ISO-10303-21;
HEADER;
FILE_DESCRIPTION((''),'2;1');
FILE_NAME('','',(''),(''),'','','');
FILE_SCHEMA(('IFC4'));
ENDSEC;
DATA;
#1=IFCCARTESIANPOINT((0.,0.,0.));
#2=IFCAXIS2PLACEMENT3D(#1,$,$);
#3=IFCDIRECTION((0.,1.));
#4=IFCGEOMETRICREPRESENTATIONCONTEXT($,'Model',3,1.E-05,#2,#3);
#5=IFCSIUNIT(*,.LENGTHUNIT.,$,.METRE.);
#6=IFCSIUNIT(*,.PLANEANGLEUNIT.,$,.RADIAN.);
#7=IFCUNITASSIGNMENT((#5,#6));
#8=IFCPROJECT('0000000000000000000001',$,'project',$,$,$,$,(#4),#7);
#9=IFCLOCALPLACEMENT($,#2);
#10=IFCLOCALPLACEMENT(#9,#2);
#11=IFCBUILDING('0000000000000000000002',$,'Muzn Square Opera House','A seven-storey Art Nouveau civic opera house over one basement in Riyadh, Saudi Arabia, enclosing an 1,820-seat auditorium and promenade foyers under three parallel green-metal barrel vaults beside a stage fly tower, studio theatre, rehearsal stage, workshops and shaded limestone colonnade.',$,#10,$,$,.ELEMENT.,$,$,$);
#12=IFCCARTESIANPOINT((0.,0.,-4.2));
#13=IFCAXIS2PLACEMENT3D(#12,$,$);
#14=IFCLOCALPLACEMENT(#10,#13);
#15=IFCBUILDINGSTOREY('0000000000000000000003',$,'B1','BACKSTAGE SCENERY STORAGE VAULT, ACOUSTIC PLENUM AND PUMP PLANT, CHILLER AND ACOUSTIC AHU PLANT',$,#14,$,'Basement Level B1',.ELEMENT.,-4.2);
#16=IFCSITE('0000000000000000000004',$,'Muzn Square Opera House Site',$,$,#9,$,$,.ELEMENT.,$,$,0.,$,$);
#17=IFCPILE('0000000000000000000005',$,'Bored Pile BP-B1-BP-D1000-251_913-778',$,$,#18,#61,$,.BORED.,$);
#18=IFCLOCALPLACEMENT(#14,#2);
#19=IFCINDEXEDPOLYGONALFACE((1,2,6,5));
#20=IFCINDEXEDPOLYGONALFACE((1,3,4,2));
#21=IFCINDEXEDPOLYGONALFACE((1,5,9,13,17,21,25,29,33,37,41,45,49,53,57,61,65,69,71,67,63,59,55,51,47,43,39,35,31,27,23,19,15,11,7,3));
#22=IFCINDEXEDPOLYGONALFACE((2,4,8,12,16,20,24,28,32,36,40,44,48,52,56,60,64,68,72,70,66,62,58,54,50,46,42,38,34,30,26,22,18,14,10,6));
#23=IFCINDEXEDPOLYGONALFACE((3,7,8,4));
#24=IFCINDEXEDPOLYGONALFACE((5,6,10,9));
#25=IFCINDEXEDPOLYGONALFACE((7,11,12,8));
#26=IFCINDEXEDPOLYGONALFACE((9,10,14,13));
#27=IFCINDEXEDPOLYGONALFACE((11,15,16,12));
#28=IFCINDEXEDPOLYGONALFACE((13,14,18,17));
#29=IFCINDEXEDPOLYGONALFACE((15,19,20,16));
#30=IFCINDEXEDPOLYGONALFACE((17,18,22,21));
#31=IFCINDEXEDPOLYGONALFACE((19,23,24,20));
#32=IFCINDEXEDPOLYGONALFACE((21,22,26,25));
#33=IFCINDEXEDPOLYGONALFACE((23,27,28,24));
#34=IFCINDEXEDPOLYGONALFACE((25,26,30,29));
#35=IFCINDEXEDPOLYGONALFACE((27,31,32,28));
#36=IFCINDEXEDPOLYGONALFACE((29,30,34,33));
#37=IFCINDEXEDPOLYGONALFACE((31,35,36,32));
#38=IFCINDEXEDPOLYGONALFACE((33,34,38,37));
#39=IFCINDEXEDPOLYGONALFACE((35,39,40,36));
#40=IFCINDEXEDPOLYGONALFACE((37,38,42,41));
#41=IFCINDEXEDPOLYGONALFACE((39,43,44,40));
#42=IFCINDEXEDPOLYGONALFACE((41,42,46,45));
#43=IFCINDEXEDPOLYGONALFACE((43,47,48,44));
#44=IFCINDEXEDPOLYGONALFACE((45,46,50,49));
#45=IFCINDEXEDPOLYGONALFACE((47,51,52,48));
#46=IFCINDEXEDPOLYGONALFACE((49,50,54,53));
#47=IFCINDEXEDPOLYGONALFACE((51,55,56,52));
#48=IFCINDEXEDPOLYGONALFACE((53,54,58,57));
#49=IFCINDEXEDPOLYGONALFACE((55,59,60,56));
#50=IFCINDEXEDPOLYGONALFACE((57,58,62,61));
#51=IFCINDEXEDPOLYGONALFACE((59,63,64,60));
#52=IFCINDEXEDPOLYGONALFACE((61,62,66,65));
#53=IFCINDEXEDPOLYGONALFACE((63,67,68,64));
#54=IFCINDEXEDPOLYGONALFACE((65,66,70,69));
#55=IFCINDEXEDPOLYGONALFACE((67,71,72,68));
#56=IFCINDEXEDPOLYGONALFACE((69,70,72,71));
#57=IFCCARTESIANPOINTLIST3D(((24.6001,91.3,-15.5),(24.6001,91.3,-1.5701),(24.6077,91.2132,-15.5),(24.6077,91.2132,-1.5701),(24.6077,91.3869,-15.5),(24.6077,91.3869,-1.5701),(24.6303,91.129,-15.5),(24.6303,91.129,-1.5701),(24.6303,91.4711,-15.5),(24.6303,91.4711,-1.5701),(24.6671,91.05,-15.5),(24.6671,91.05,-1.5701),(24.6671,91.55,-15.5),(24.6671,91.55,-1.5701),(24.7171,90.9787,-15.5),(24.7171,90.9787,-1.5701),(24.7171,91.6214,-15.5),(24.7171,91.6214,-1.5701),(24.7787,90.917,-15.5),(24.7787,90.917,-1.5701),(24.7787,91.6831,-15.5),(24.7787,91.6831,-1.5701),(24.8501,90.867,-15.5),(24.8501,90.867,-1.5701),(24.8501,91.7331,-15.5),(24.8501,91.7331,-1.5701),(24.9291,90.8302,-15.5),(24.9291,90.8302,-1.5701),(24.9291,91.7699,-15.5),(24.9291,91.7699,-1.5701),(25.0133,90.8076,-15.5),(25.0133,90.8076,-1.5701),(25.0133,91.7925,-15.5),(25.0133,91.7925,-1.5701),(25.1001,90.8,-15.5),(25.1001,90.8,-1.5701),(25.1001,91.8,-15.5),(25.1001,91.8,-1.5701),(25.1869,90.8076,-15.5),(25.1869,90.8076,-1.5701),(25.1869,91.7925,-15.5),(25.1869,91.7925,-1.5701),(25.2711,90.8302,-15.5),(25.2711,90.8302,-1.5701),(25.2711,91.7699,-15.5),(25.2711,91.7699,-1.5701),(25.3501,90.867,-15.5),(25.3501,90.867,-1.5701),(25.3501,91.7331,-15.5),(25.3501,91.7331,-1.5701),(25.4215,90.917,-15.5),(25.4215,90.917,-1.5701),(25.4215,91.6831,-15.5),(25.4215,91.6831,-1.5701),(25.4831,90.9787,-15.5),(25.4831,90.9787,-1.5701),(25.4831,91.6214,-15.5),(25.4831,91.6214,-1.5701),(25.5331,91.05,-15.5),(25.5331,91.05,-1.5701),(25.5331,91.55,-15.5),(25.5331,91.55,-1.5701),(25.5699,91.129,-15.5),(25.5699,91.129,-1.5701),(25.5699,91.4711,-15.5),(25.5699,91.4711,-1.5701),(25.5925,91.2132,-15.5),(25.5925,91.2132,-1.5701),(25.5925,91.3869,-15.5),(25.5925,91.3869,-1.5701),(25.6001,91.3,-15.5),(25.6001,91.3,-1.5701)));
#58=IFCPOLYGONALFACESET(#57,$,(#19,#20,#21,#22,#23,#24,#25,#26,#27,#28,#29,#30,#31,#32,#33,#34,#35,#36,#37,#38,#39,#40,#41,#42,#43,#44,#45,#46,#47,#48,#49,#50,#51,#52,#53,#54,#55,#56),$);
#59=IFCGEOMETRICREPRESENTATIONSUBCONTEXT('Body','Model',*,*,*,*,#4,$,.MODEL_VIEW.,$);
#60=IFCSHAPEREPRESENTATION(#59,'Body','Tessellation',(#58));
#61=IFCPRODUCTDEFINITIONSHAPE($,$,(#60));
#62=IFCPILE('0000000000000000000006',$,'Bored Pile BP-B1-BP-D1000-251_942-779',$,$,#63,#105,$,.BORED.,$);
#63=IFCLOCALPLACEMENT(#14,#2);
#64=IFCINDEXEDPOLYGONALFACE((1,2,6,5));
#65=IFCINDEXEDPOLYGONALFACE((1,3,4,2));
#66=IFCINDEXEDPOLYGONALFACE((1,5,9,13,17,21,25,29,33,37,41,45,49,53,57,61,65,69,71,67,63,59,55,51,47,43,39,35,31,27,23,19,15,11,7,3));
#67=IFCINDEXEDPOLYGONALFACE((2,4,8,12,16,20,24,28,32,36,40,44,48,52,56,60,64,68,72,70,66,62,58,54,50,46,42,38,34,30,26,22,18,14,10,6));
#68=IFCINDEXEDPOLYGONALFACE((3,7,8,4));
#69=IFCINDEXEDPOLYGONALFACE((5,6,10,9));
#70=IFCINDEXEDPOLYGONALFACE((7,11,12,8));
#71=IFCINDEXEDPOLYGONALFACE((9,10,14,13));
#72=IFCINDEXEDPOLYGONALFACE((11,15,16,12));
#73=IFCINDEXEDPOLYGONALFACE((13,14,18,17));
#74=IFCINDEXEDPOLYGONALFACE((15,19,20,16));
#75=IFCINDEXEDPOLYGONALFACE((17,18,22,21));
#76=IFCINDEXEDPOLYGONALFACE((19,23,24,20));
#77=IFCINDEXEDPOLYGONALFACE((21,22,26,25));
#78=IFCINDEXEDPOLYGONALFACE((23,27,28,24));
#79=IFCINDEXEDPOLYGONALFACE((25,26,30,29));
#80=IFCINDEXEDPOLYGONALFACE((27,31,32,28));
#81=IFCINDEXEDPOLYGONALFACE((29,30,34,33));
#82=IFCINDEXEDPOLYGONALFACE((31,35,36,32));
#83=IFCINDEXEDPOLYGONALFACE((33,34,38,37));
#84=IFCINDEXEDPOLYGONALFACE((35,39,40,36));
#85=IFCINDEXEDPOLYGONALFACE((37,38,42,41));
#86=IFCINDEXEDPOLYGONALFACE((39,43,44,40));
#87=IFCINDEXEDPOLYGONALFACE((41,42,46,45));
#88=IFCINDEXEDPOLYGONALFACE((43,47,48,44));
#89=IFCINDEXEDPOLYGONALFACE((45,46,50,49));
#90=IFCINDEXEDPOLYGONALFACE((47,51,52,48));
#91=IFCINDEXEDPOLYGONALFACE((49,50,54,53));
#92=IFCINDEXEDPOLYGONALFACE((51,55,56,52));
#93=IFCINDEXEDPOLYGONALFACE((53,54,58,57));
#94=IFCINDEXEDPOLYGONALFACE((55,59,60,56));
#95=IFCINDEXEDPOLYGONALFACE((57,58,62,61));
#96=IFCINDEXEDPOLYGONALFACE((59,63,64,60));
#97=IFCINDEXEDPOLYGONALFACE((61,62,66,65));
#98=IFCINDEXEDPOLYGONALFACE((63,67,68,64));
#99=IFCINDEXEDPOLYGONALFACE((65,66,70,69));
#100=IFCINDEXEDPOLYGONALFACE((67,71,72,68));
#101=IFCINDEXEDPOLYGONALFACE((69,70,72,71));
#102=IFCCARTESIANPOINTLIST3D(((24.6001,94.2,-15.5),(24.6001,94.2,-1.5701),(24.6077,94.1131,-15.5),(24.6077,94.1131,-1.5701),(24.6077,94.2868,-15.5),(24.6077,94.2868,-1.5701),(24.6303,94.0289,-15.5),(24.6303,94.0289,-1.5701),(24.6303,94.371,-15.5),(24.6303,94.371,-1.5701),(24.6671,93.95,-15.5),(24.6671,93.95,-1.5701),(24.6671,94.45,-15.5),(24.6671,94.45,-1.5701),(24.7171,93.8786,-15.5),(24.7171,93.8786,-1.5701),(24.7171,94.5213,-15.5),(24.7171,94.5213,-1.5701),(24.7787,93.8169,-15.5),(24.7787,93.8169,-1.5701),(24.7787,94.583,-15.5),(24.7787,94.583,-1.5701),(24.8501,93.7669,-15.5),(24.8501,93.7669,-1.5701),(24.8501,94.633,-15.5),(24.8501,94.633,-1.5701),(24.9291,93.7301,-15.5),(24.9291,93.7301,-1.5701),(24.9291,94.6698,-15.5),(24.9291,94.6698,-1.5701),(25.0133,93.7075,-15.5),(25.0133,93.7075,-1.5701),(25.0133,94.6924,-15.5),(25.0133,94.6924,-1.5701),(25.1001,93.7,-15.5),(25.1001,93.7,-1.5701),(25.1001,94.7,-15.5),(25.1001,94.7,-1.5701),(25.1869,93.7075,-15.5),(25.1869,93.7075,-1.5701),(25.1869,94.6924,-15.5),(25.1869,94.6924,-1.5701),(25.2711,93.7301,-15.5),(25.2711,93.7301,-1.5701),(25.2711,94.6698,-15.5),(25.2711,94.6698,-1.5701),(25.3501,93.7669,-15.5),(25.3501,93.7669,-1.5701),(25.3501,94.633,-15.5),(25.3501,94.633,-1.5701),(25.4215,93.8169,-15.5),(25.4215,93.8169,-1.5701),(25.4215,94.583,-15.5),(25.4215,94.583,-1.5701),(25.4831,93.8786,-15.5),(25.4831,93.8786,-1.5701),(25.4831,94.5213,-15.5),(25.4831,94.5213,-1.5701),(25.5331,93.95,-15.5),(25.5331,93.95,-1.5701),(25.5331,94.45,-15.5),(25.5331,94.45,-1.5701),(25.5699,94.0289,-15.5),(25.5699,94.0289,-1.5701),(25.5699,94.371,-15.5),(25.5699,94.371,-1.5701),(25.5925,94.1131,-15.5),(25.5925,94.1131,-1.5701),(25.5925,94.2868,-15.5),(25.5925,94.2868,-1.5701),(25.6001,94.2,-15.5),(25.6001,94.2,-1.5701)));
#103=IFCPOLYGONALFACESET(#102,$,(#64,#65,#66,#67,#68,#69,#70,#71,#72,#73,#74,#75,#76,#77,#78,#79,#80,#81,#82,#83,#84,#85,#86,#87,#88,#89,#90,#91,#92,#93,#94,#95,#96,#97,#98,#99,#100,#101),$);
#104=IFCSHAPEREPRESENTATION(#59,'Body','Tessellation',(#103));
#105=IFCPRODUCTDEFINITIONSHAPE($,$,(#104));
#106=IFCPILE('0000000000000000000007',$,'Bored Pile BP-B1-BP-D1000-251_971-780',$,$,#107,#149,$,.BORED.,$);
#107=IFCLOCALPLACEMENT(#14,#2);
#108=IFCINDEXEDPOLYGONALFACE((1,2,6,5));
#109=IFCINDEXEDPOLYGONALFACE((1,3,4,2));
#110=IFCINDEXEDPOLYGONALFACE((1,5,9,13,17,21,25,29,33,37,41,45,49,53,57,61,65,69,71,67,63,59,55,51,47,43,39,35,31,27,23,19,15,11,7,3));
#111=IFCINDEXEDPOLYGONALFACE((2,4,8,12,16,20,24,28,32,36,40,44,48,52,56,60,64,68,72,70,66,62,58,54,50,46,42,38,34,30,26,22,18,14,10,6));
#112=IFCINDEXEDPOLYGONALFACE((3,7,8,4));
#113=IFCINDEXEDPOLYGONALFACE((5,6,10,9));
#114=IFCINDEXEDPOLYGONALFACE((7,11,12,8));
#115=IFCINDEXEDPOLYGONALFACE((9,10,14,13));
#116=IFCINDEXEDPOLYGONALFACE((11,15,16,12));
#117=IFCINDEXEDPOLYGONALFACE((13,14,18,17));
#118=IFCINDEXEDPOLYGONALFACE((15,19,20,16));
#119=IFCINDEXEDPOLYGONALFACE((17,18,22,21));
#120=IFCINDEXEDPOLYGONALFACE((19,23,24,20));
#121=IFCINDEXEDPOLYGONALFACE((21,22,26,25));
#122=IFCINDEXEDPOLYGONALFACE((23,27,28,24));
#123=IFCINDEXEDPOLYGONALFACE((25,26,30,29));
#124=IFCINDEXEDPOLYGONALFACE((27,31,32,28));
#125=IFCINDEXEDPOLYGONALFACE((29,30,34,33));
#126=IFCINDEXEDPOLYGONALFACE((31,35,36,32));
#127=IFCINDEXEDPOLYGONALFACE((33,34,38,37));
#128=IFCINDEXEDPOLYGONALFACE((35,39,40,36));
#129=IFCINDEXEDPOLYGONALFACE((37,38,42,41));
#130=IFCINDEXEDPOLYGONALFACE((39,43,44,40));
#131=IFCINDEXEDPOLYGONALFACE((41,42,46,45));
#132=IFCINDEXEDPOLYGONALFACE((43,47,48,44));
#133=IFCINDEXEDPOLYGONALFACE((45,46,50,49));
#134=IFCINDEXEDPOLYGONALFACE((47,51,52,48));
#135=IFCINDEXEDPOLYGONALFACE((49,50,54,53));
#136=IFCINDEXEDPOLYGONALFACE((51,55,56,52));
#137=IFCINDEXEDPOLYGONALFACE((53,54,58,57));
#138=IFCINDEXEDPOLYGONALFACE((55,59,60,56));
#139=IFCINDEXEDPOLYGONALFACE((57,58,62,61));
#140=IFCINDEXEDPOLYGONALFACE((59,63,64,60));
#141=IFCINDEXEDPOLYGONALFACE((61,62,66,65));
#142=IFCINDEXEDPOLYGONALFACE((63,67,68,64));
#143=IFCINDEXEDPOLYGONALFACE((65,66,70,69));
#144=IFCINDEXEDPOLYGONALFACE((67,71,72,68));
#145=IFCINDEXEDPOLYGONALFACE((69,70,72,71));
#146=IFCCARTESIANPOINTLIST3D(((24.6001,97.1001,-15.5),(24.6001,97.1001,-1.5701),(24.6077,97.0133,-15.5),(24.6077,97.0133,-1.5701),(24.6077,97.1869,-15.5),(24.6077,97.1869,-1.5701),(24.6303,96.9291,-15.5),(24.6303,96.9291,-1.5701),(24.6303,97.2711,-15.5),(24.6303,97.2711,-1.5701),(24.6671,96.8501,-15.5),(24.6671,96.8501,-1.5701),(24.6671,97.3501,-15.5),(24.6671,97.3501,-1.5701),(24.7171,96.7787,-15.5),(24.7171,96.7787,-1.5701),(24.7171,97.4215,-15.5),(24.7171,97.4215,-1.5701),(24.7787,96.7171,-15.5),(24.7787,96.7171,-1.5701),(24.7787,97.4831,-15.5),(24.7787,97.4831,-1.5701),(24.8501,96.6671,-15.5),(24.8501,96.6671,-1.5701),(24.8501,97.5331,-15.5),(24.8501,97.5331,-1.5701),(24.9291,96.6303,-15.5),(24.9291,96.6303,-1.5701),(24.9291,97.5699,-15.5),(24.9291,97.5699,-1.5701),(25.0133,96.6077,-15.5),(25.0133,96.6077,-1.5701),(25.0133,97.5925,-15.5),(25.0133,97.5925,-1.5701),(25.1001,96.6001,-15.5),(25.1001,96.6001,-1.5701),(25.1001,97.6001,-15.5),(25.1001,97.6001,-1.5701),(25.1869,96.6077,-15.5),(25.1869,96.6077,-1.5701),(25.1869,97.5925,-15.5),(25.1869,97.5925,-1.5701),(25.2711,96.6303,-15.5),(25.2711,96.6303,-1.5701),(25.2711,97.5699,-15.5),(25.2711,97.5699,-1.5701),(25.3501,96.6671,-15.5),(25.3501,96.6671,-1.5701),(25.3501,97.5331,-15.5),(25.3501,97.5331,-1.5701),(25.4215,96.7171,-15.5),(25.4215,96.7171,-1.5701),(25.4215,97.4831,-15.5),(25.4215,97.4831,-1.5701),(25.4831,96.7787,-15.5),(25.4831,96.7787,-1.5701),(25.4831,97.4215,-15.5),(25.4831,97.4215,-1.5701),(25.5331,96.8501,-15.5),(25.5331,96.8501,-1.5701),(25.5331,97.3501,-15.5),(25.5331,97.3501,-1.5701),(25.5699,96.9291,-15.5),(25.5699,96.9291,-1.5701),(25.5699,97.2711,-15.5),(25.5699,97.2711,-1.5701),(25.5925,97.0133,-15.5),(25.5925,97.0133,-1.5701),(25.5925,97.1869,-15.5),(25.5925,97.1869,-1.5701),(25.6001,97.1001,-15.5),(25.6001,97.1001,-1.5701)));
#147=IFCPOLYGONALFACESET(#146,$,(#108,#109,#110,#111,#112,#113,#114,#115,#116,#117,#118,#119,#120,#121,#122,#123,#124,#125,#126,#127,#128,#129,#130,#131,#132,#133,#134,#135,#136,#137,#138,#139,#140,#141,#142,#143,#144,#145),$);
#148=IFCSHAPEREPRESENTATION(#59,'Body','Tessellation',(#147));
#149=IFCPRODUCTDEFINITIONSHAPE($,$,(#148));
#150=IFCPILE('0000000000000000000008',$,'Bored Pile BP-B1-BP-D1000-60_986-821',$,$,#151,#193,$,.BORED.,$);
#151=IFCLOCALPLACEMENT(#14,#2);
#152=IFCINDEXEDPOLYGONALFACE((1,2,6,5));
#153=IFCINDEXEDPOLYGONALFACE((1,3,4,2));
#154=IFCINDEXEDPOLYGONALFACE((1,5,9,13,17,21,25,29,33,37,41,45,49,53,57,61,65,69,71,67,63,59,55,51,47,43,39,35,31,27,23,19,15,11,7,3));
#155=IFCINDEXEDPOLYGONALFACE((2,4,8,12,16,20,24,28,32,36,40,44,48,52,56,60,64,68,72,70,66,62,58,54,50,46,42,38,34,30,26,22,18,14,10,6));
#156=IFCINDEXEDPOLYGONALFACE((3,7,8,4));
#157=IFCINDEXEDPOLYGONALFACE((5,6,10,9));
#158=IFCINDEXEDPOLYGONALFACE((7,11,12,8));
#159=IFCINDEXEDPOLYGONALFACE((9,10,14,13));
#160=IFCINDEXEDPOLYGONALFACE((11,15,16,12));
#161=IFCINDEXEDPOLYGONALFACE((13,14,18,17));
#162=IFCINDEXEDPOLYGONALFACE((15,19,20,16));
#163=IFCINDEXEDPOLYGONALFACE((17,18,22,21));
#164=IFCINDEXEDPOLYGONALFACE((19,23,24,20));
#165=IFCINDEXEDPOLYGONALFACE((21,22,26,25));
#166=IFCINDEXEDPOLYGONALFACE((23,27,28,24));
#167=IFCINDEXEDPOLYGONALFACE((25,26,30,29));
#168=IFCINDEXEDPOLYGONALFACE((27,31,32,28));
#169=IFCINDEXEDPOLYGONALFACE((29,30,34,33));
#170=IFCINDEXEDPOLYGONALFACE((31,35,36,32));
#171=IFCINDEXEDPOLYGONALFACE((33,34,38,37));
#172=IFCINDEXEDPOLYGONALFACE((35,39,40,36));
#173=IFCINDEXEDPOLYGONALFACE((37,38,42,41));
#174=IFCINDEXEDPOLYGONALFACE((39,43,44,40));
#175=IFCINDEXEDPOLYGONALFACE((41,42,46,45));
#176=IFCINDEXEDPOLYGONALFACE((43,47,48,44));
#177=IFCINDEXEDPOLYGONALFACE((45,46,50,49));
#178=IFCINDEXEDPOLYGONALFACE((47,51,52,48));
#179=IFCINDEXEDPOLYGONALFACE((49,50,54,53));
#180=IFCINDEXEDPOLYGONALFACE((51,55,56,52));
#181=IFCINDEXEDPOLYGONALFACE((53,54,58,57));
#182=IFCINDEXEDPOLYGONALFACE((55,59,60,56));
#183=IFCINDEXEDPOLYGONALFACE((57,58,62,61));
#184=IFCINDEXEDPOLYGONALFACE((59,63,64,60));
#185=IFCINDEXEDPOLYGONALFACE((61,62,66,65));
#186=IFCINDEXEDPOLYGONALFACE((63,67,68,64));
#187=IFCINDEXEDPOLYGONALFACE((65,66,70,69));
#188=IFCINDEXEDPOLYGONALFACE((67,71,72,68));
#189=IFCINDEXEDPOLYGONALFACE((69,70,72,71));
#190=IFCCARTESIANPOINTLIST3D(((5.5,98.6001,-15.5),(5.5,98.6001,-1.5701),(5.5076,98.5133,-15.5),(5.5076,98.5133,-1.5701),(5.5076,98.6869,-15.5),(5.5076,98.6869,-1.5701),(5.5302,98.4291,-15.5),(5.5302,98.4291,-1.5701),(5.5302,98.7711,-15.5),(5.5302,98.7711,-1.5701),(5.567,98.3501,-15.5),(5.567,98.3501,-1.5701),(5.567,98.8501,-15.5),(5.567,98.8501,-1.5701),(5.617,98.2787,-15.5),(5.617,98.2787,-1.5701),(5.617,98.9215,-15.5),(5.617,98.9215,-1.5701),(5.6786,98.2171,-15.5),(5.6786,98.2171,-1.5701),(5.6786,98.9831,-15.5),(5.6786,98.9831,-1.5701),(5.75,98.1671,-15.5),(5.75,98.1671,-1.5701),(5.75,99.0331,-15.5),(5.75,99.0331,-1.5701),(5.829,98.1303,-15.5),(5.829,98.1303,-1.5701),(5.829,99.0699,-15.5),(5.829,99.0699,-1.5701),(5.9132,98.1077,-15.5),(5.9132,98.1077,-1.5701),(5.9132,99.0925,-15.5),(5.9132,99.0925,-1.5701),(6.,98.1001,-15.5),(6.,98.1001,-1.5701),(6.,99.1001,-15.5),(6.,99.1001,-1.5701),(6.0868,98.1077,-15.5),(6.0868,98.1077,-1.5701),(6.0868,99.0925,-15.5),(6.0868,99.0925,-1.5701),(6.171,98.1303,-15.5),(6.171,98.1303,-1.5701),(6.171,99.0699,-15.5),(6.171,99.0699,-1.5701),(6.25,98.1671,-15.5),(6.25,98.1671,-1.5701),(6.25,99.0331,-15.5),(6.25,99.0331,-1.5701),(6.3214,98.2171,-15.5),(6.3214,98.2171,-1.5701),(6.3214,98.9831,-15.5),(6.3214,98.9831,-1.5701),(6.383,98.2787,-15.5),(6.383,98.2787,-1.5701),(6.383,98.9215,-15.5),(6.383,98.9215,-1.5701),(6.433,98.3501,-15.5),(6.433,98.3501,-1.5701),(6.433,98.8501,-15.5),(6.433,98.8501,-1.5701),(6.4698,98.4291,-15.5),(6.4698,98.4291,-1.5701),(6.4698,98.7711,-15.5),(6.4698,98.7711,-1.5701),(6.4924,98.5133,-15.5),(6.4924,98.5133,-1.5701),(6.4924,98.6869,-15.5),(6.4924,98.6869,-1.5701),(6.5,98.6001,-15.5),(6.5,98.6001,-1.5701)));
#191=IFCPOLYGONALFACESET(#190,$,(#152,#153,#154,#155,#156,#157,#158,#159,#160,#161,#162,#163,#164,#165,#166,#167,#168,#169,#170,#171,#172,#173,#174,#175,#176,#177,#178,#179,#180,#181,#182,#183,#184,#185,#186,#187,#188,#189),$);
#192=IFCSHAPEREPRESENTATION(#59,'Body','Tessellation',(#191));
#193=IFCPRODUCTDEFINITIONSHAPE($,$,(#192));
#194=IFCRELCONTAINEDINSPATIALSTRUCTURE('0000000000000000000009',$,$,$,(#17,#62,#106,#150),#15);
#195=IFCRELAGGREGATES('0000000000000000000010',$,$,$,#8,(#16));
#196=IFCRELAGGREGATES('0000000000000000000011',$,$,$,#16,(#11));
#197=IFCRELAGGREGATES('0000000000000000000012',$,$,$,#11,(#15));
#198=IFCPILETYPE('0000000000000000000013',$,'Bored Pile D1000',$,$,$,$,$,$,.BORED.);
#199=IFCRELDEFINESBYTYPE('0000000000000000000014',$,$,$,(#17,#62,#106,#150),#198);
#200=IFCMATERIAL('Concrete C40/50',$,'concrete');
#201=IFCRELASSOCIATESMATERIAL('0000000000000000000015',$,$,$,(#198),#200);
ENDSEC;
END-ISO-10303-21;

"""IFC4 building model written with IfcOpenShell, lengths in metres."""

from ifc_helpers import new_model, si_unit, direction, frame, origin, origin_2d, place, context, subcontext, project, spatial, circle, extrude, material, material_profile, profile_set, type_object, element, save


model = new_model("IFC4")

# Units and contexts
model_context = context("Model", 3, precision=1e-05, world=origin(), true_north=direction((0.0, 1.0)))
body_context = subcontext(model_context, "Body", "Model", "MODEL_VIEW")
ifc_project = project(units=[si_unit("LENGTHUNIT", "METRE"), si_unit("PLANEANGLEUNIT", "RADIAN")], contexts=[model_context])

# Site, building, storey
site_placement = place(None, origin())
site = spatial("IfcSite", under=ifc_project, at=site_placement, Name="Muzn Square Opera House Site", CompositionType="ELEMENT", RefElevation=0.0)
building_placement = place(site_placement, origin())
building = spatial("IfcBuilding", under=site, at=building_placement, Name="Muzn Square Opera House", Description="A seven-storey Art Nouveau civic opera house over one basement in Riyadh, Saudi Arabia, enclosing an 1,820-seat auditorium and promenade foyers under three parallel green-metal barrel vaults beside a stage fly tower, studio theatre, rehearsal stage, workshops and shaded limestone colonnade.", CompositionType="ELEMENT")
storey_placement = place(building_placement, frame((0.0, 0.0, -4.2)))
storey = spatial("IfcBuildingStorey", under=building, at=storey_placement, Name="B1", Description="BACKSTAGE SCENERY STORAGE VAULT, ACOUSTIC PLENUM AND PUMP PLANT, CHILLER AND ACOUSTIC AHU PLANT", LongName="Basement Level B1", CompositionType="ELEMENT", Elevation=-4.2)

# Piles
ifc_material_1 = material(Name="Concrete C40/50", Category="concrete")
ifc_material_profile_1 = material_profile(ifc_material_1, circle(Radius=0.5, at=origin_2d()), Name="BORED PILE D1000", Category="concrete")
ifc_profile_set_1 = profile_set([ifc_material_profile_1], Name="Concrete C40/50")
pile_type = type_object("IfcPileType", Name="Bored Pile D1000", PredefinedType="BORED", material=ifc_profile_set_1)
for number, where, z_axis, x_axis, name in (
    (1, (25.1001, 91.3, -1.5701), (0.0, 0.0, -1.0), (1.0, 0.0, 0.0), "Bored Pile BP-B1-BP-D1000-251_913-778"),
    (2, (25.1001, 94.2, -1.5701), (0.0, 0.0, -1.0), (1.0, 0.0, 0.0), "Bored Pile BP-B1-BP-D1000-251_942-779"),
    (3, (25.1001, 97.1001, -1.5701), (0.0, 0.0, -1.0), (1.0, 0.0, 0.0), "Bored Pile BP-B1-BP-D1000-251_971-780"),
    (4, (6.0, 98.6001, -1.5701), (0.0, 0.0, -1.0), (1.0, 0.0, 0.0), "Bored Pile BP-B1-BP-D1000-60_986-821"),
):
    element("IfcPile", number, at=place(storey_placement, frame(where, z_axis=z_axis, x_axis=x_axis)), inside=storey, type_object=pile_type, Name=name, PredefinedType="BORED", context=body_context, shape_type="SweptSolid", body=[
        extrude(circle(Radius=0.5, at=origin_2d()), origin(), (0.0, 0.0, 1.0), 13.9299),
    ])

save(model, "model.ifc")
